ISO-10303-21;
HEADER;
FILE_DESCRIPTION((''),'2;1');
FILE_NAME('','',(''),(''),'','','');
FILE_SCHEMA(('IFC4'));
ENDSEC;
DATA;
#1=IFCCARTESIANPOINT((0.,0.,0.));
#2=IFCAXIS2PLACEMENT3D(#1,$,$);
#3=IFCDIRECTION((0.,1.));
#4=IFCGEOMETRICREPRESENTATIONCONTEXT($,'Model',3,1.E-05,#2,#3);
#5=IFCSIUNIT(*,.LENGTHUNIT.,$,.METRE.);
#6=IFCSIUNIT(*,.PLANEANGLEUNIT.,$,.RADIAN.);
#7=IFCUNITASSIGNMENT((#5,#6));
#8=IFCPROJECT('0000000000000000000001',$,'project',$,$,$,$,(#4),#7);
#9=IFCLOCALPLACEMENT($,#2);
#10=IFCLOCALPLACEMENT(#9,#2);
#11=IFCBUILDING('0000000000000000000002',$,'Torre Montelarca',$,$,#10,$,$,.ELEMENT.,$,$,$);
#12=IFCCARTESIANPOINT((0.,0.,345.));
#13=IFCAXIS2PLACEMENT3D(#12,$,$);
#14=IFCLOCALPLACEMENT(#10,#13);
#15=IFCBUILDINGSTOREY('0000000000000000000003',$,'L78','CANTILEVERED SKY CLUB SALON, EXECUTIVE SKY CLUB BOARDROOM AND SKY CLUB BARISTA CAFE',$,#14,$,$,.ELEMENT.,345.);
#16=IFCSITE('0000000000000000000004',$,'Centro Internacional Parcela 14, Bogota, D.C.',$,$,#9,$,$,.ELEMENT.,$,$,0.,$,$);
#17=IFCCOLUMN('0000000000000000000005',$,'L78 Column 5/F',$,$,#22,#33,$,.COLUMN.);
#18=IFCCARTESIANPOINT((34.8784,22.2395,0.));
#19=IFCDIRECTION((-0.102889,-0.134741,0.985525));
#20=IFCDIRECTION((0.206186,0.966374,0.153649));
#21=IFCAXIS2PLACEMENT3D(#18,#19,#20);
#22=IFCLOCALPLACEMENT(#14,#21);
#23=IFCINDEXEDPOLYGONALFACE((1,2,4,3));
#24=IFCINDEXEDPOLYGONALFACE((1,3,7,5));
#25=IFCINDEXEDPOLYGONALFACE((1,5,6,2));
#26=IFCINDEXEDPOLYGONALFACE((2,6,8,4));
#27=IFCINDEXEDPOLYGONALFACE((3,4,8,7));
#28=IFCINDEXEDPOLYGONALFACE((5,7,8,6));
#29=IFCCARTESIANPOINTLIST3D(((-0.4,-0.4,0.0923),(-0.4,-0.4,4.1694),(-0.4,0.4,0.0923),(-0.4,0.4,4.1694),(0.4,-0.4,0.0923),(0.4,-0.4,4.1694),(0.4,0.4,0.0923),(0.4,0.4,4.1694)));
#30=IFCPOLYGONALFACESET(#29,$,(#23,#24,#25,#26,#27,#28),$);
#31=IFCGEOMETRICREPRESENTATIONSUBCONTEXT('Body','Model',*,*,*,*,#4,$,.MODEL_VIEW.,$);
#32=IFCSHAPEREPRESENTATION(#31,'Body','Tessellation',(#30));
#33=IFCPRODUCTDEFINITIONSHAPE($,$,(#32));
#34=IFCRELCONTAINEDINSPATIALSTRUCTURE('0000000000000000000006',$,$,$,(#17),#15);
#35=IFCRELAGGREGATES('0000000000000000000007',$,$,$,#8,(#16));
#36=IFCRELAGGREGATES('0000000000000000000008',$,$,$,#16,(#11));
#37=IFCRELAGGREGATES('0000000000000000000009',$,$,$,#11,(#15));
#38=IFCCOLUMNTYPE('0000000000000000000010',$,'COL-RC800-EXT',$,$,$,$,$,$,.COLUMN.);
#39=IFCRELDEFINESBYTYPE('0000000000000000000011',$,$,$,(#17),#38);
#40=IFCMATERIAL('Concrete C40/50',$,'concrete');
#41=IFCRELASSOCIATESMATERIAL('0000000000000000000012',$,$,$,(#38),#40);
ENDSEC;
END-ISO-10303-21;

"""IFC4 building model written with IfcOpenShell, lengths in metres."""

from ifc_helpers import new_model, si_unit, direction, frame, origin, origin_2d, place, context, subcontext, project, spatial, rectangle, extrude, clip, halfspace, material, material_profile, profile_set, type_object, element, save


model = new_model("IFC4")

# Units and contexts
model_context = context("Model", 3, precision=1e-05, world=origin(), true_north=direction((0.0, 1.0)))
body_context = subcontext(model_context, "Body", "Model", "MODEL_VIEW")
ifc_project = project(units=[si_unit("LENGTHUNIT", "METRE"), si_unit("PLANEANGLEUNIT", "RADIAN")], contexts=[model_context])

# Site, building, storey
site_placement = place(None, origin())
site = spatial("IfcSite", under=ifc_project, at=site_placement, Name="Centro Internacional Parcela 14, Bogota, D.C.", CompositionType="ELEMENT", RefElevation=0.0)
building_placement = place(site_placement, origin())
building = spatial("IfcBuilding", under=site, at=building_placement, Name="Torre Montelarca", CompositionType="ELEMENT")
storey_placement = place(building_placement, frame((0.0, 0.0, 345.0)))
storey = spatial("IfcBuildingStorey", under=building, at=storey_placement, Name="L78", Description="CANTILEVERED SKY CLUB SALON, EXECUTIVE SKY CLUB BOARDROOM AND SKY CLUB BARISTA CAFE", CompositionType="ELEMENT", Elevation=345.0)

# Column
ifc_material_1 = material(Name="Concrete C40/50", Category="concrete")
ifc_material_profile_1 = material_profile(ifc_material_1, rectangle(XDim=0.8, YDim=0.8, at=origin_2d()), Name="RC800X800", Category="concrete")
ifc_profile_set_1 = profile_set([ifc_material_profile_1], Name="Concrete C40/50")
column_type = type_object("IfcColumnType", Name="COL-RC800-EXT", PredefinedType="COLUMN", material=ifc_profile_set_1)
column_placement = place(storey_placement, frame((34.8784, 22.2395, 0.0), z_axis=(-0.102889, -0.134741, 0.985525), x_axis=(0.206186, 0.966374, 0.153649)))
element("IfcColumn", 1, at=column_placement, inside=storey, type_object=column_type, Name="L78 Column 5/F", PredefinedType="COLUMN", context=body_context, shape_type="Clipping", body=[
    clip(clip(extrude(rectangle(XDim=0.8, YDim=0.8, at=origin_2d()), origin(), (0.0, 0.0, 1.0), 4.2617), halfspace(frame((0.0, 0.0, 0.0923), z_axis=(0.0, 0.0, -1.0), x_axis=(1.0, 0.0, 0.0)), False)), halfspace(frame((0.0, 0.0, 4.1694), z_axis=(0.0, 0.0, 1.0), x_axis=(1.0, 0.0, 0.0)), False)),
])

save(model, "model.ifc")
